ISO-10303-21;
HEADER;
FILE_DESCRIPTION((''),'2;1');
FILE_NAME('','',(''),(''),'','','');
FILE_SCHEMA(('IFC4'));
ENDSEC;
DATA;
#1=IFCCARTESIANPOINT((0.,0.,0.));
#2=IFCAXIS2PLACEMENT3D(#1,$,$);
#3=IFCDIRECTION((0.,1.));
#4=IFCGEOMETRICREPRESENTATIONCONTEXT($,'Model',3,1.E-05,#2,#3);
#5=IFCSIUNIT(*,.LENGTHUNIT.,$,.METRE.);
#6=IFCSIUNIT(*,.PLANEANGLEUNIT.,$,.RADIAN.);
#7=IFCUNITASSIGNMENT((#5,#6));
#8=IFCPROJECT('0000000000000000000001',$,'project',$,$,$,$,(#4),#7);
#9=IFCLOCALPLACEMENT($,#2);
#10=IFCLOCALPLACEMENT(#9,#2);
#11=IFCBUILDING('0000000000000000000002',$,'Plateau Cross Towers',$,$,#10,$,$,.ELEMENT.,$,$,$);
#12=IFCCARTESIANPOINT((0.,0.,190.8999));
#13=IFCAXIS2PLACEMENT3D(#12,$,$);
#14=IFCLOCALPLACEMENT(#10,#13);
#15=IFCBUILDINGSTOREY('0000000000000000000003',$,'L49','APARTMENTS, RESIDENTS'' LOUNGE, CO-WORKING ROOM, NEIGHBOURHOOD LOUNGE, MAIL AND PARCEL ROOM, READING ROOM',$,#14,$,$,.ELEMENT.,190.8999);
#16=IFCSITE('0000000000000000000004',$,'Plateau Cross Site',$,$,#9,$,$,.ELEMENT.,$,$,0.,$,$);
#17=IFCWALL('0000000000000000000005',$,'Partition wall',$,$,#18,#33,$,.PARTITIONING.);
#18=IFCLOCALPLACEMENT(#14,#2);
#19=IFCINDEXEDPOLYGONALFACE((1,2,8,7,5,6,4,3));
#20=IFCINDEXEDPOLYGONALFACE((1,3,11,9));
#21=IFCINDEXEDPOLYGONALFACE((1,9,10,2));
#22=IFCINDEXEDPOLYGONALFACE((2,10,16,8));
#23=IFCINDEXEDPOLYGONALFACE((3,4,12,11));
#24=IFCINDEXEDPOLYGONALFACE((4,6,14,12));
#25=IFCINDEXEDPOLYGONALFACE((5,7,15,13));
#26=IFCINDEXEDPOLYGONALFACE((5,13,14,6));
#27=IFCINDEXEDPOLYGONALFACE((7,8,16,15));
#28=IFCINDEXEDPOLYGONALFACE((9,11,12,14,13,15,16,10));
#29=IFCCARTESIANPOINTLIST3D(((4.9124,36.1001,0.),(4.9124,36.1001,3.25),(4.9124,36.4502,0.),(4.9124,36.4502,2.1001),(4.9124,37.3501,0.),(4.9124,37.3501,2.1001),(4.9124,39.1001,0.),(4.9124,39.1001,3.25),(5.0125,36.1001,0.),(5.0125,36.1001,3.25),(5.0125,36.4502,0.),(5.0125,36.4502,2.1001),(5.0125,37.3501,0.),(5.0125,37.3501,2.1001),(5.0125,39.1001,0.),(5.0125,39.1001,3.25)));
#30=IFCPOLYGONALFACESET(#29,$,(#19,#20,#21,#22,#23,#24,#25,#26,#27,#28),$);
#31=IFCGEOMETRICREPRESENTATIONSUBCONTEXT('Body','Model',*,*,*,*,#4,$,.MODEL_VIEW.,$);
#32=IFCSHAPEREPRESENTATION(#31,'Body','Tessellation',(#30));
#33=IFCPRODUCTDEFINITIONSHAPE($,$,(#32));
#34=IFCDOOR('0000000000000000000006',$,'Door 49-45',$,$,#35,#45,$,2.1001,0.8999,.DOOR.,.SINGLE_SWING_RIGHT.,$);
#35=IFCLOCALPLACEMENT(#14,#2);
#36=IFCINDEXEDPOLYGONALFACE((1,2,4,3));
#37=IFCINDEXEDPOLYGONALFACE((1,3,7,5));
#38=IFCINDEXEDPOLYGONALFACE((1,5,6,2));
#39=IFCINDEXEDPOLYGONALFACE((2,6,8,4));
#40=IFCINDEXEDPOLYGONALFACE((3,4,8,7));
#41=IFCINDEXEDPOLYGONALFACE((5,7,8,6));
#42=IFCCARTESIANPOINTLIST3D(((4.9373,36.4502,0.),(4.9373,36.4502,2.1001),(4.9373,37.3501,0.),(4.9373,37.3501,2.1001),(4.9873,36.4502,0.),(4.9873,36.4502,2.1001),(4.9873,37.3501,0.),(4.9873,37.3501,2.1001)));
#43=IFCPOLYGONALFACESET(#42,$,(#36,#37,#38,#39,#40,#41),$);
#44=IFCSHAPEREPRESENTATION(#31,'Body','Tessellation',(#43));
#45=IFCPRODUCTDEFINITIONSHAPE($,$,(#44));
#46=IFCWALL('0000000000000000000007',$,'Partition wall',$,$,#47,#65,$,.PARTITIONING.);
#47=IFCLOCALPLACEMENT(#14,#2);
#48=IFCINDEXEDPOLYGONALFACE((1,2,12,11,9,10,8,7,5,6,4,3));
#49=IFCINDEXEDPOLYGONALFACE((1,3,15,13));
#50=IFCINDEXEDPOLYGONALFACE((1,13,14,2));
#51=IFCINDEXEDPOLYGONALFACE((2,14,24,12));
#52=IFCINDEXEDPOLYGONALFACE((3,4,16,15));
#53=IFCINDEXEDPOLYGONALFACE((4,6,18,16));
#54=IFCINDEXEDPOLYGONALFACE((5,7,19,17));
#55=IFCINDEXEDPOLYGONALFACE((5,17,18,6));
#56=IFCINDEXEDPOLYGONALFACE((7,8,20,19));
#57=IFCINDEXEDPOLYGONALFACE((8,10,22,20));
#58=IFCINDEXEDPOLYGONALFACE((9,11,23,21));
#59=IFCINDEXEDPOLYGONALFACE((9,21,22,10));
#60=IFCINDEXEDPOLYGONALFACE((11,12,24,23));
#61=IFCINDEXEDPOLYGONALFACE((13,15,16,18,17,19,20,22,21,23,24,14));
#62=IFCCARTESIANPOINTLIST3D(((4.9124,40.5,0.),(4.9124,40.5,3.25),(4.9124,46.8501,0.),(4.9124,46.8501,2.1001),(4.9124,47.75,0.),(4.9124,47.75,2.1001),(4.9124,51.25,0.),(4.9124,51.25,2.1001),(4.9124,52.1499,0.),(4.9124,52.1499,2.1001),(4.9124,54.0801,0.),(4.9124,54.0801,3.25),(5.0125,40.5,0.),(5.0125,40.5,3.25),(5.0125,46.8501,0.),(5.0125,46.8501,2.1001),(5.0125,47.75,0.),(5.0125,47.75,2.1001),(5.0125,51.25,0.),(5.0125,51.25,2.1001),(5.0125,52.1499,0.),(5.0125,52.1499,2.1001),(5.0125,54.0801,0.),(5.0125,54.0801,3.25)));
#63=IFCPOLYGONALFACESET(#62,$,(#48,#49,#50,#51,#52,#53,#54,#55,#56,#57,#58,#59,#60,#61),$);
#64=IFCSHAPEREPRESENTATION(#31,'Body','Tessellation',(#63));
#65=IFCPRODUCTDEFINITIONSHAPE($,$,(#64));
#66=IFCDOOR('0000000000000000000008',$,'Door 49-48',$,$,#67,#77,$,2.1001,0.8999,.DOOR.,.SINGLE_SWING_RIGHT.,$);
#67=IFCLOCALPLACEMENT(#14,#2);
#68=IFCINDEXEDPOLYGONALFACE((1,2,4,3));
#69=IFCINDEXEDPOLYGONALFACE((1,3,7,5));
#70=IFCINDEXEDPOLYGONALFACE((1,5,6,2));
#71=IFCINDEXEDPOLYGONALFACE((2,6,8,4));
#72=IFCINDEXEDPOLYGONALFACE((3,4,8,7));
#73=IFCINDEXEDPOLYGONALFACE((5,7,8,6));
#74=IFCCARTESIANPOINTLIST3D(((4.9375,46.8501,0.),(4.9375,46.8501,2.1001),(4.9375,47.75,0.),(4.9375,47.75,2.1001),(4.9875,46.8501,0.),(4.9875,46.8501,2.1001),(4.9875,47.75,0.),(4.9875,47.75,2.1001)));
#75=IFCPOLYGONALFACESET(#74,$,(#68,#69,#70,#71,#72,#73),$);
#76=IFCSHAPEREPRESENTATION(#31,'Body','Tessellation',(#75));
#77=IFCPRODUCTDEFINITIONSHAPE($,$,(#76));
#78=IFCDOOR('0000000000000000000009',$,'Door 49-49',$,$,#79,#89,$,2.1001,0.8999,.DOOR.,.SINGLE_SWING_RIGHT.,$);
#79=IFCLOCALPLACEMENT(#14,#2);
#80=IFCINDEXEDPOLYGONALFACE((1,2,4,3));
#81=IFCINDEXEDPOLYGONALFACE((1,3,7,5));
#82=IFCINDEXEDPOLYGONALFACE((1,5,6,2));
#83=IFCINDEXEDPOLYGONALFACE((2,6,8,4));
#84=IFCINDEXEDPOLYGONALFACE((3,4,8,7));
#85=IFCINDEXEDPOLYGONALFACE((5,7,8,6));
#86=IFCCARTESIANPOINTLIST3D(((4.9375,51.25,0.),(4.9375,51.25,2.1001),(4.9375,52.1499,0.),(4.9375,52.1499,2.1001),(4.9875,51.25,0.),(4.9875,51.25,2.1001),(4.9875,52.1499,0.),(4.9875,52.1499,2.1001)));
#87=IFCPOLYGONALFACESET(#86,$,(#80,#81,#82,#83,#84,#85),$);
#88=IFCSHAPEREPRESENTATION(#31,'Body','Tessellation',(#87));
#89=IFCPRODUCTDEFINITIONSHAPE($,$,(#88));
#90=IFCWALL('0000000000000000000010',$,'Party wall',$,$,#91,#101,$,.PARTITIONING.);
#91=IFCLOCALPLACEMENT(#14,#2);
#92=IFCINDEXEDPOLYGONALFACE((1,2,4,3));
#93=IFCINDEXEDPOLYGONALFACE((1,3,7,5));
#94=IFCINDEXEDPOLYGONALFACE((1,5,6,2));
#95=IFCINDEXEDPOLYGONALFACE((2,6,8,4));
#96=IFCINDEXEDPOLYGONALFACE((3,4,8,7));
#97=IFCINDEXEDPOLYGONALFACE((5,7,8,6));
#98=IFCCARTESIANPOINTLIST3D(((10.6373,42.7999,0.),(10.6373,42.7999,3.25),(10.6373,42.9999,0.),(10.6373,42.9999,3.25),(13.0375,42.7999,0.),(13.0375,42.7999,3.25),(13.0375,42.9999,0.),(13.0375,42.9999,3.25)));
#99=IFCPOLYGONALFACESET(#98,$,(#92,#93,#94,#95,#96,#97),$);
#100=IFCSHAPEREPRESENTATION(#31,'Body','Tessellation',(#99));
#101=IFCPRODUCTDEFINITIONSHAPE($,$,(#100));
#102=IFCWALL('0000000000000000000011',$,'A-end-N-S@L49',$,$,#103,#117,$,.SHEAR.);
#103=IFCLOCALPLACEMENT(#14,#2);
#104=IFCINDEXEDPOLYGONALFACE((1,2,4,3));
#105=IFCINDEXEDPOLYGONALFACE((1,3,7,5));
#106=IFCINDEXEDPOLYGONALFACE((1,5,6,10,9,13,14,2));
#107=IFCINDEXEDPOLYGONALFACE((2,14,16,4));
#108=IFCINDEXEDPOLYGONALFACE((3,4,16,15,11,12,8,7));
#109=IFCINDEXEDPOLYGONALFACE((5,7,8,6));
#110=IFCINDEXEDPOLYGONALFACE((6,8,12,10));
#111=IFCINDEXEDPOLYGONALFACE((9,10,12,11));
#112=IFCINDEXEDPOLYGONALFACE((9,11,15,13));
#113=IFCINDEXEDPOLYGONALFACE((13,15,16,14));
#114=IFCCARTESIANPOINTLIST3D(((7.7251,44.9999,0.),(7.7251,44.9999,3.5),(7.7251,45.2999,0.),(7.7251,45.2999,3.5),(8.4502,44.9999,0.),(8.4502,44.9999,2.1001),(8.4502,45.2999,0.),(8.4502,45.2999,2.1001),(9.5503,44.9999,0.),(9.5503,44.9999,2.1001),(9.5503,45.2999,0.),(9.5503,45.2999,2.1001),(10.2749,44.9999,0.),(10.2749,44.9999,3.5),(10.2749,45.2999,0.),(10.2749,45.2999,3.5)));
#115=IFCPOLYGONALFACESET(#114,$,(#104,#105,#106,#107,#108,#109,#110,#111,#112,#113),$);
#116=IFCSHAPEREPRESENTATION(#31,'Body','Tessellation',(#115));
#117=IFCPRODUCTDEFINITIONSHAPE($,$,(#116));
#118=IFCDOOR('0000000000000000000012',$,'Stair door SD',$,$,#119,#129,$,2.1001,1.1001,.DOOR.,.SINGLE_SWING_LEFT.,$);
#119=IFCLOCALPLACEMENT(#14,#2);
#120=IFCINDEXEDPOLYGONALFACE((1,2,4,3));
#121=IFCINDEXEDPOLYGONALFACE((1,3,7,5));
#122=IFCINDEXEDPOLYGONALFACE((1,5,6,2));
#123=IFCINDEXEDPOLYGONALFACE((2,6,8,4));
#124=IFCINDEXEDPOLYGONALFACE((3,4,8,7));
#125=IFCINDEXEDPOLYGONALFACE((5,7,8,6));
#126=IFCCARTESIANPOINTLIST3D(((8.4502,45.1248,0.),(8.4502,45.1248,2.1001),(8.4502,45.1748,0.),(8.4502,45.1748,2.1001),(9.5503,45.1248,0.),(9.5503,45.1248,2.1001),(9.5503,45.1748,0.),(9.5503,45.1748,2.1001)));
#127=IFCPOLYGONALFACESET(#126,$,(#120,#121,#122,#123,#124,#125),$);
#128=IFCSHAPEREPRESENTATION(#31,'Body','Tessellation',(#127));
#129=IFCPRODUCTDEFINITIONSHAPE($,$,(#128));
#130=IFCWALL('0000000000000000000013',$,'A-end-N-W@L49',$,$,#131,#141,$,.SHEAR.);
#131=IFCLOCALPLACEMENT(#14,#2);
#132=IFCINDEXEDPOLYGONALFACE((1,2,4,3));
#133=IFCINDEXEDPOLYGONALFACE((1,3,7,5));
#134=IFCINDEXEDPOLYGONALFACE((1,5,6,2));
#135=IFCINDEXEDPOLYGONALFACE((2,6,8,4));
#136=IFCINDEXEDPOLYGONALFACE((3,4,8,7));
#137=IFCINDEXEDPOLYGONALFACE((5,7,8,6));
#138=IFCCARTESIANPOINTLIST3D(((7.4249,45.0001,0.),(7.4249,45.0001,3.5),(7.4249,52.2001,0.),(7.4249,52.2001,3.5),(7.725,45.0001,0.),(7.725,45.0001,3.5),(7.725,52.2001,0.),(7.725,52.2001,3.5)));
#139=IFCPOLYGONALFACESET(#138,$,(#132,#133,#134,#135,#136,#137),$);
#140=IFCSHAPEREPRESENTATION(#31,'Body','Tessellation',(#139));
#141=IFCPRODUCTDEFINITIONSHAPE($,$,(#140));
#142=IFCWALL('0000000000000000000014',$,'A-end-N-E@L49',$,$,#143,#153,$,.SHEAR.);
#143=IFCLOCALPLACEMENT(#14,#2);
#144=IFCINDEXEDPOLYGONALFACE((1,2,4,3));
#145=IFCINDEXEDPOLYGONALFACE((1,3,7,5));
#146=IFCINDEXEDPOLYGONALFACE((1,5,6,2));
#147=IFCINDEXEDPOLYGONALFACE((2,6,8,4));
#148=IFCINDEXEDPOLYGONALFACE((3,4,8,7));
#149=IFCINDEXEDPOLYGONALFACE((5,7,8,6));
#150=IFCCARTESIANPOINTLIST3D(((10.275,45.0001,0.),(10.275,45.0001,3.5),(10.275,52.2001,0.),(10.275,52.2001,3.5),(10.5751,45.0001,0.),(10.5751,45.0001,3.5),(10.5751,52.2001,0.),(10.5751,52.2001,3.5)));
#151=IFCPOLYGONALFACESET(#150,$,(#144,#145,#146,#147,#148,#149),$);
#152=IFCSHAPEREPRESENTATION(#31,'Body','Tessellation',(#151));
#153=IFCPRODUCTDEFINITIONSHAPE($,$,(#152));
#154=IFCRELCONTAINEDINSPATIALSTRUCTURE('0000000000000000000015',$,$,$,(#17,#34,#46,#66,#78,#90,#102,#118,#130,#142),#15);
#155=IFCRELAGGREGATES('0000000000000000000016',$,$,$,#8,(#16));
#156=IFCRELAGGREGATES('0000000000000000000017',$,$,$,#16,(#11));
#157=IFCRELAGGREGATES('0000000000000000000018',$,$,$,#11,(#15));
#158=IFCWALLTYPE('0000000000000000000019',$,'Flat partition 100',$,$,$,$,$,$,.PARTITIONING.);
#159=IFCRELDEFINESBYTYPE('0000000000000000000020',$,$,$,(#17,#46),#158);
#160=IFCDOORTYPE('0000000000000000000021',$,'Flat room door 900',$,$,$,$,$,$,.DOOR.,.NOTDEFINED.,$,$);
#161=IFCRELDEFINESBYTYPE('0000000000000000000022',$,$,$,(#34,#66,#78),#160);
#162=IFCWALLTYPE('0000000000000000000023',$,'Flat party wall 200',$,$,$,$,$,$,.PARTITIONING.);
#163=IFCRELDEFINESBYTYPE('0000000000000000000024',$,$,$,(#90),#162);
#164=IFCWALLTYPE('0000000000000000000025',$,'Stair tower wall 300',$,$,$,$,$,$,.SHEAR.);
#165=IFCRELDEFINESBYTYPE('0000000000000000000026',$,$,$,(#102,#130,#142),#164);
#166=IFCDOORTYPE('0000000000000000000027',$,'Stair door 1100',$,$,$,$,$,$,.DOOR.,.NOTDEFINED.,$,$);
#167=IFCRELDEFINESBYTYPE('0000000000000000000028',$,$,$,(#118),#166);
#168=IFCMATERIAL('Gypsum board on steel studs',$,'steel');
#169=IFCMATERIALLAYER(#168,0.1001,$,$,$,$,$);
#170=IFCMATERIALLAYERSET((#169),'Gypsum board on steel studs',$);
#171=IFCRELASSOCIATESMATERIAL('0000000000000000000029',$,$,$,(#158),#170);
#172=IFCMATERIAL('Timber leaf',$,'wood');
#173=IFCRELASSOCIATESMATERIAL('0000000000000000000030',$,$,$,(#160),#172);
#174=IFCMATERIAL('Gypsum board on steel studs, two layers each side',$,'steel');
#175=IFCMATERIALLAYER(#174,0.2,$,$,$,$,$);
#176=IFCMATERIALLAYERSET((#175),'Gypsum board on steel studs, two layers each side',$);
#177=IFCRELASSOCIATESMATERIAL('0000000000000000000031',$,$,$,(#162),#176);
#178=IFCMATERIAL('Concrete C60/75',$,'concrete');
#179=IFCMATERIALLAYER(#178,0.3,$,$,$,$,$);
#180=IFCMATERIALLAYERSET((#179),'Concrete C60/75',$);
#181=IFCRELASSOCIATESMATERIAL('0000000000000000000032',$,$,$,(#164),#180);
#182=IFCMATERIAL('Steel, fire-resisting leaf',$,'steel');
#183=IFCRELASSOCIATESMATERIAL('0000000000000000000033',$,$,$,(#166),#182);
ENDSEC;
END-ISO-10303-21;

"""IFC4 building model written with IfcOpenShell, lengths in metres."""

from ifc_helpers import new_model, si_unit, direction, frame, frame_2d, origin, place, context, subcontext, project, spatial, rectangle, extrude, material, layer, layer_set, type_object, element, fill, save


model = new_model("IFC4")

# Units and contexts
model_context = context("Model", 3, precision=1e-05, world=origin(), true_north=direction((0.0, 1.0)))
body_context = subcontext(model_context, "Body", "Model", "MODEL_VIEW")
ifc_project = project(units=[si_unit("LENGTHUNIT", "METRE"), si_unit("PLANEANGLEUNIT", "RADIAN")], contexts=[model_context])

# Site, building, storey
site_placement = place(None, origin())
site = spatial("IfcSite", under=ifc_project, at=site_placement, Name="Plateau Cross Site", CompositionType="ELEMENT", RefElevation=0.0)
building_placement = place(site_placement, origin())
building = spatial("IfcBuilding", under=site, at=building_placement, Name="Plateau Cross Towers", CompositionType="ELEMENT")
storey_placement = place(building_placement, frame((0.0, 0.0, 190.8999)))
storey = spatial("IfcBuildingStorey", under=building, at=storey_placement, Name="L49", Description="APARTMENTS, RESIDENTS' LOUNGE, CO-WORKING ROOM, NEIGHBOURHOOD LOUNGE, MAIL AND PARCEL ROOM, READING ROOM", CompositionType="ELEMENT", Elevation=190.8999)

# Shared definitions
ifc_material_1 = material(Name="Gypsum board on steel studs", Category="steel")
ifc_layer_1 = layer(ifc_material_1, 0.1001)
ifc_layer_set_1 = layer_set([ifc_layer_1], Name="Gypsum board on steel studs")
wall_type_1 = type_object("IfcWallType", Name="Flat partition 100", PredefinedType="PARTITIONING", material=ifc_layer_set_1)

# Shared definitions
ifc_material_2 = material(Name="Timber leaf", Category="wood")
door_type_1 = type_object("IfcDoorType", Name="Flat room door 900", OperationType="NOTDEFINED", PredefinedType="DOOR", material=ifc_material_2)

# Wall, opening, door
wall_1_placement = place(storey_placement, frame((4.9624, 39.1001, 0.0), z_axis=(0.0, 0.0, 1.0), x_axis=(0.0, -1.0, 0.0)))
wall_1 = element("IfcWall", 1, at=wall_1_placement, inside=storey, type_object=wall_type_1, Name="Partition wall", PredefinedType="PARTITIONING", context=body_context, shape_type="SweptSolid", body=[
    extrude(rectangle(XDim=3.0, YDim=0.1001, at=frame_2d((1.5, 0.0))), origin(), (0.0, 0.0, 1.0), 3.25),
])
opening_1_placement = place(wall_1_placement, frame((1.75, 0.0, 0.0)))
opening_1 = element("IfcOpeningElement", 2, at=opening_1_placement, cuts=wall_1, PredefinedType="OPENING", context=body_context, shape_type="SweptSolid", body=[
    extrude(rectangle(XDim=0.8999, YDim=2.1001, at=frame_2d((0.45, 1.05))), frame((0.0, 0.0601, 0.0), z_axis=(0.0, -1.0, 0.0), x_axis=(1.0, 0.0, 0.0)), (0.0, 0.0, 1.0), 0.1201),
])
door_1_placement = place(opening_1_placement, origin())
door_1 = element("IfcDoor", 3, at=door_1_placement, inside=storey, type_object=door_type_1, Name="Door 49-45", OperationType="SINGLE_SWING_RIGHT", OverallHeight=2.1001, OverallWidth=0.8999, PredefinedType="DOOR", context=body_context, shape_type="SweptSolid", body=[
    extrude(rectangle(XDim=0.8999, YDim=2.1001, at=frame_2d((0.45, 1.05))), frame((0.0, 0.0249, 0.0), z_axis=(0.0, -1.0, 0.0), x_axis=(1.0, 0.0, 0.0)), (0.0, 0.0, 1.0), 0.05),
])
fill(opening_1, door_1)

# Wall, openings, doors
wall_2_placement = place(storey_placement, frame((4.9624, 40.5, 0.0), z_axis=(0.0, 0.0, 1.0), x_axis=(0.0, 1.0, 0.0)))
wall_2 = element("IfcWall", 4, at=wall_2_placement, inside=storey, type_object=wall_type_1, Name="Partition wall", PredefinedType="PARTITIONING", context=body_context, shape_type="SweptSolid", body=[
    extrude(rectangle(XDim=13.5801, YDim=0.1001, at=frame_2d((6.79, 0.0))), origin(), (0.0, 0.0, 1.0), 3.25),
])
opening_2_placement = place(wall_2_placement, frame((6.3501, 0.0, 0.0)))
opening_2 = element("IfcOpeningElement", 5, at=opening_2_placement, cuts=wall_2, PredefinedType="OPENING", context=body_context, shape_type="SweptSolid", body=[
    extrude(rectangle(XDim=0.8999, YDim=2.1001, at=frame_2d((0.45, 1.05))), frame((0.0, 0.0601, 0.0), z_axis=(0.0, -1.0, 0.0), x_axis=(1.0, 0.0, 0.0)), (0.0, 0.0, 1.0), 0.1201),
])
opening_3_placement = place(wall_2_placement, frame((10.75, 0.0, 0.0)))
opening_3 = element("IfcOpeningElement", 6, at=opening_3_placement, cuts=wall_2, PredefinedType="OPENING", context=body_context, shape_type="SweptSolid", body=[
    extrude(rectangle(XDim=0.8999, YDim=2.1001, at=frame_2d((0.45, 1.05))), frame((0.0, 0.0601, 0.0), z_axis=(0.0, -1.0, 0.0), x_axis=(1.0, 0.0, 0.0)), (0.0, 0.0, 1.0), 0.1201),
])
door_2_placement = place(opening_2_placement, origin())
door_2 = element("IfcDoor", 7, at=door_2_placement, inside=storey, type_object=door_type_1, Name="Door 49-48", OperationType="SINGLE_SWING_RIGHT", OverallHeight=2.1001, OverallWidth=0.8999, PredefinedType="DOOR", context=body_context, shape_type="SweptSolid", body=[
    extrude(rectangle(XDim=0.8999, YDim=2.1001, at=frame_2d((0.45, 1.05))), frame((0.0, 0.0249, 0.0), z_axis=(0.0, -1.0, 0.0), x_axis=(1.0, 0.0, 0.0)), (0.0, 0.0, 1.0), 0.05),
])
fill(opening_2, door_2)
door_3_placement = place(opening_3_placement, origin())
door_3 = element("IfcDoor", 8, at=door_3_placement, inside=storey, type_object=door_type_1, Name="Door 49-49", OperationType="SINGLE_SWING_RIGHT", OverallHeight=2.1001, OverallWidth=0.8999, PredefinedType="DOOR", context=body_context, shape_type="SweptSolid", body=[
    extrude(rectangle(XDim=0.8999, YDim=2.1001, at=frame_2d((0.45, 1.05))), frame((0.0, 0.0249, 0.0), z_axis=(0.0, -1.0, 0.0), x_axis=(1.0, 0.0, 0.0)), (0.0, 0.0, 1.0), 0.05),
])
fill(opening_3, door_3)

# Wall
ifc_material_3 = material(Name="Gypsum board on steel studs, two layers each side", Category="steel")
ifc_layer_2 = layer(ifc_material_3, 0.2)
ifc_layer_set_2 = layer_set([ifc_layer_2], Name="Gypsum board on steel studs, two layers each side")
wall_type_2 = type_object("IfcWallType", Name="Flat party wall 200", PredefinedType="PARTITIONING", material=ifc_layer_set_2)
wall_3_placement = place(storey_placement, frame((13.0376, 42.8999, 0.0), z_axis=(0.0, 0.0, 1.0), x_axis=(-1.0, 0.0, 0.0)))
element("IfcWall", 9, at=wall_3_placement, inside=storey, type_object=wall_type_2, Name="Party wall", PredefinedType="PARTITIONING", context=body_context, shape_type="SweptSolid", body=[
    extrude(rectangle(XDim=2.4001, YDim=0.2, at=frame_2d((1.2002, 0.0))), origin(), (0.0, 0.0, 1.0), 3.25),
])

# Wall, opening, door
ifc_material_4 = material(Name="Concrete C60/75", Category="concrete")
ifc_layer_3 = layer(ifc_material_4, 0.3)
ifc_layer_set_3 = layer_set([ifc_layer_3], Name="Concrete C60/75")
wall_type_3 = type_object("IfcWallType", Name="Stair tower wall 300", PredefinedType="SHEAR", material=ifc_layer_set_3)
wall_4_placement = place(storey_placement, frame((7.7251, 45.1499, 0.0), z_axis=(0.0, 0.0, 1.0), x_axis=(1.0, 0.0, 0.0)))
wall_4 = element("IfcWall", 10, at=wall_4_placement, inside=storey, type_object=wall_type_3, Name="A-end-N-S@L49", PredefinedType="SHEAR", context=body_context, shape_type="SweptSolid", body=[
    extrude(rectangle(XDim=2.5498, YDim=0.3, at=frame_2d((1.2749, 0.0))), origin(), (0.0, 0.0, 1.0), 3.5),
])
opening_4_placement = place(wall_4_placement, frame((0.7251, 0.0, 0.0)))
opening_4 = element("IfcOpeningElement", 11, at=opening_4_placement, cuts=wall_4, PredefinedType="OPENING", context=body_context, shape_type="SweptSolid", body=[
    extrude(rectangle(XDim=1.1001, YDim=2.1001, at=frame_2d((0.55, 1.05))), frame((0.0, 0.1599, 0.0), z_axis=(0.0, -1.0, 0.0), x_axis=(1.0, 0.0, 0.0)), (0.0, 0.0, 1.0), 0.3201),
])
ifc_material_5 = material(Name="Steel, fire-resisting leaf", Category="steel")
door_type_2 = type_object("IfcDoorType", Name="Stair door 1100", OperationType="NOTDEFINED", PredefinedType="DOOR", material=ifc_material_5)
door_4_placement = place(opening_4_placement, origin())
door_4 = element("IfcDoor", 12, at=door_4_placement, inside=storey, type_object=door_type_2, Name="Stair door SD", OperationType="SINGLE_SWING_LEFT", OverallHeight=2.1001, OverallWidth=1.1001, PredefinedType="DOOR", context=body_context, shape_type="SweptSolid", body=[
    extrude(rectangle(XDim=1.1001, YDim=2.1001, at=frame_2d((0.55, 1.05))), frame((0.0, 0.0249, 0.0), z_axis=(0.0, -1.0, 0.0), x_axis=(1.0, 0.0, 0.0)), (0.0, 0.0, 1.0), 0.05),
])
fill(opening_4, door_4)

# Walls
for number, where, z_axis, x_axis, name in (
    (13, (7.575, 45.0, 0.0), (0.0, 0.0, 1.0), (0.0, 1.0, 0.0), "A-end-N-W@L49"),
    (14, (10.425, 45.0, 0.0), (0.0, 0.0, 1.0), (0.0, 1.0, 0.0), "A-end-N-E@L49"),
):
    element("IfcWall", number, at=place(storey_placement, frame(where, z_axis=z_axis, x_axis=x_axis)), inside=storey, type_object=wall_type_3, Name=name, PredefinedType="SHEAR", context=body_context, shape_type="SweptSolid", body=[
        extrude(rectangle(XDim=7.2, YDim=0.3, at=frame_2d((3.6001, 0.0))), origin(), (0.0, 0.0, 1.0), 3.5),
    ])

save(model, "model.ifc")
